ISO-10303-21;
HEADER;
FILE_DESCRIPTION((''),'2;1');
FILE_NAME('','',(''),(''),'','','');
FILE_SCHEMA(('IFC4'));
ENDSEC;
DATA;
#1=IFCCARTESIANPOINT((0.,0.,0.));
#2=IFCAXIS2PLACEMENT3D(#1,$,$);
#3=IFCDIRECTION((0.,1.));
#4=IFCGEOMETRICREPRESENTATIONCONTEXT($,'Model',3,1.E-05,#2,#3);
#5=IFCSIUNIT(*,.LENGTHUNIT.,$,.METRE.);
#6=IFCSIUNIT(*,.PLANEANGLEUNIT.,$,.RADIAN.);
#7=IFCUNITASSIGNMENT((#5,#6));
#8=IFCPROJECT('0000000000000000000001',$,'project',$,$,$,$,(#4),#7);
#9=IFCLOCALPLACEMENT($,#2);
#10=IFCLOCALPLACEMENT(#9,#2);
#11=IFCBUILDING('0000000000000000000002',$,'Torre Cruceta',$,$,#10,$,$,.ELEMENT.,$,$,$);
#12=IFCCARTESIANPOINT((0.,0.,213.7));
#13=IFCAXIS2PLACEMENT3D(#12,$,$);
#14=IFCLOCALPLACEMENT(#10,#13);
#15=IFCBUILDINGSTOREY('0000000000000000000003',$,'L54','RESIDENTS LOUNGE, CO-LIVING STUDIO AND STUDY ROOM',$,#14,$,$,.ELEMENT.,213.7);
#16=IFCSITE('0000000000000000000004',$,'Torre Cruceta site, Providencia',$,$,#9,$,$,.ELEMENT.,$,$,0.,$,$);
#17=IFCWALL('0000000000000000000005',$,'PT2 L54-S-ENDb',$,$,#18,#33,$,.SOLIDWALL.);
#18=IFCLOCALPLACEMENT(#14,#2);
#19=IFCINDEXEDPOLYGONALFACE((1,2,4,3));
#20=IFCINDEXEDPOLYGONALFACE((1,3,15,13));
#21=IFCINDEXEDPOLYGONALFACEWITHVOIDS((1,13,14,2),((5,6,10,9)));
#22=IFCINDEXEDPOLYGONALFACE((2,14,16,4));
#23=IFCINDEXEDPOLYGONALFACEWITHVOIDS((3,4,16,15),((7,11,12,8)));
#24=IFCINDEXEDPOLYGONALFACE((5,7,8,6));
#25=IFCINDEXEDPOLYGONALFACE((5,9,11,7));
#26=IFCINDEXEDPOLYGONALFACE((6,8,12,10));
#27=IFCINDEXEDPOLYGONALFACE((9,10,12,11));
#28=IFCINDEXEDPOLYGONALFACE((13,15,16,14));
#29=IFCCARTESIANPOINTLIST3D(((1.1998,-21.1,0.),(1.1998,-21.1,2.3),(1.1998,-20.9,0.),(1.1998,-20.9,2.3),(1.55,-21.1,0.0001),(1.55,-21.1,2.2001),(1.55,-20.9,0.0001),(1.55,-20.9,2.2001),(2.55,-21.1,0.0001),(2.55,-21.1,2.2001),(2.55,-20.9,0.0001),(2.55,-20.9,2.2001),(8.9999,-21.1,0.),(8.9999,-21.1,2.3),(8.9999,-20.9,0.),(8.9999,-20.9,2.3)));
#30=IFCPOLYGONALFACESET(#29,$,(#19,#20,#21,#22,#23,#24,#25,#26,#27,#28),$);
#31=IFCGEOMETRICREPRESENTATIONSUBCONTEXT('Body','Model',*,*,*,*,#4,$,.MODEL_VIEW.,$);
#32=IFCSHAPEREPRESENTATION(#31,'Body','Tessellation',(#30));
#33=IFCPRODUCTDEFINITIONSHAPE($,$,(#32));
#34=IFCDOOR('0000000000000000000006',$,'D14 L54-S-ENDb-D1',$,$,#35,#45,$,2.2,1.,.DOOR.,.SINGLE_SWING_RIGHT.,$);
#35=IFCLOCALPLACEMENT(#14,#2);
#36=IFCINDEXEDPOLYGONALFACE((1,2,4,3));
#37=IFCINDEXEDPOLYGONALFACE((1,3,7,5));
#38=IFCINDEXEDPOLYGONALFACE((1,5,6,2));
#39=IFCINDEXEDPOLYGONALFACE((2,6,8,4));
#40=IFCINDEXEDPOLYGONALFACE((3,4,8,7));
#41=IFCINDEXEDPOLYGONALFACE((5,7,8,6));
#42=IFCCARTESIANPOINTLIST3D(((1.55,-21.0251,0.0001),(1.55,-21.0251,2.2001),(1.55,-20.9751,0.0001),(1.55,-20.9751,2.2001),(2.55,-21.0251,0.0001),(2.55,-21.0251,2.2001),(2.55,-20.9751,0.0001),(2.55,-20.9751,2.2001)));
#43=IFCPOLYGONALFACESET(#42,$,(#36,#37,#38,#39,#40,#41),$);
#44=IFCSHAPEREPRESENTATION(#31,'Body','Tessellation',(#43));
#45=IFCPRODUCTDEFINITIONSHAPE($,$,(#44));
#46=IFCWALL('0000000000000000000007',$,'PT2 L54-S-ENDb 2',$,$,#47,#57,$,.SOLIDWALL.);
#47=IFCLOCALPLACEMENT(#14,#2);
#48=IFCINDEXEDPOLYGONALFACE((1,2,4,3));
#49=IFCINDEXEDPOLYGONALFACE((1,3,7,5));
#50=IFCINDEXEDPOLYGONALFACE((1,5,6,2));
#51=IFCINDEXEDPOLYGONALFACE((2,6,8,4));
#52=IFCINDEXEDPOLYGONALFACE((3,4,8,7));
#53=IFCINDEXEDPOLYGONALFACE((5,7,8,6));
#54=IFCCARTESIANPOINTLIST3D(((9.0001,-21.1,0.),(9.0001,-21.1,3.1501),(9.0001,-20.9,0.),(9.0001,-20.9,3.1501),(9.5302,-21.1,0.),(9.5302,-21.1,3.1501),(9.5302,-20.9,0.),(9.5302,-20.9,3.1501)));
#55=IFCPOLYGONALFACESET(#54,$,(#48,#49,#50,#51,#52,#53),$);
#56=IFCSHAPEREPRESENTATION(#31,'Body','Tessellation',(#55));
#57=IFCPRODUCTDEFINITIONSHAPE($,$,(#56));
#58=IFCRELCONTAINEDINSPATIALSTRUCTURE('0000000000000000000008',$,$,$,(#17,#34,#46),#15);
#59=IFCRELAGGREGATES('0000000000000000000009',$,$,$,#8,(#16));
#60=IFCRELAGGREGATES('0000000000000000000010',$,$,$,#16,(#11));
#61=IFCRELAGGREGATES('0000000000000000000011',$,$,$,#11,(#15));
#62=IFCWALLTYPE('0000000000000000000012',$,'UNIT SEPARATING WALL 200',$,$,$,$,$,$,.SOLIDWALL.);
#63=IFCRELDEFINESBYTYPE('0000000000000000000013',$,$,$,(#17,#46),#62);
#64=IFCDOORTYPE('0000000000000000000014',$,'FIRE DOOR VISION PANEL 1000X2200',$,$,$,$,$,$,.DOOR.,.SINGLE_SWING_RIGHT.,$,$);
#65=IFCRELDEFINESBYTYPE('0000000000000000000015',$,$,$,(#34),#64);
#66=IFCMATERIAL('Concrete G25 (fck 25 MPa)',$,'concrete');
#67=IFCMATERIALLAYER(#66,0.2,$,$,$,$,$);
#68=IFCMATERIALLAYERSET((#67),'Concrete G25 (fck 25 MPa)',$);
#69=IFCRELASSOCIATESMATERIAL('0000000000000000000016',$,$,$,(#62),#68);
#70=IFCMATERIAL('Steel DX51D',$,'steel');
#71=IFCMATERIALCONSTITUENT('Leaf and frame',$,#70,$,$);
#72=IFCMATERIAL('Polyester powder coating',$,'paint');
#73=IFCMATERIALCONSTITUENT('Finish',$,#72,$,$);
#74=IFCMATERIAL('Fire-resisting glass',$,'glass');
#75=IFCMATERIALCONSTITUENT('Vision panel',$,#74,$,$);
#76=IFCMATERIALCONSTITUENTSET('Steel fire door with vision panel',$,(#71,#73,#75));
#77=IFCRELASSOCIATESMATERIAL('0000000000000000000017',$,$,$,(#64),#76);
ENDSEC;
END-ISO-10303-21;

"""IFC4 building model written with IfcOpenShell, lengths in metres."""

from ifc_helpers import new_model, si_unit, direction, frame, frame_2d, origin, place, context, subcontext, project, spatial, rectangle, extrude, material, layer, layer_set, constituent, constituent_set, type_object, element, fill, save


model = new_model("IFC4")

# Units and contexts
model_context = context("Model", 3, precision=1e-05, world=origin(), true_north=direction((0.0, 1.0)))
body_context = subcontext(model_context, "Body", "Model", "MODEL_VIEW")
ifc_project = project(units=[si_unit("LENGTHUNIT", "METRE"), si_unit("PLANEANGLEUNIT", "RADIAN")], contexts=[model_context])

# Site, building, storey
site_placement = place(None, origin())
site = spatial("IfcSite", under=ifc_project, at=site_placement, Name="Torre Cruceta site, Providencia", CompositionType="ELEMENT", RefElevation=0.0)
building_placement = place(site_placement, origin())
building = spatial("IfcBuilding", under=site, at=building_placement, Name="Torre Cruceta", CompositionType="ELEMENT")
storey_placement = place(building_placement, frame((0.0, 0.0, 213.7)))
storey = spatial("IfcBuildingStorey", under=building, at=storey_placement, Name="L54", Description="RESIDENTS LOUNGE, CO-LIVING STUDIO AND STUDY ROOM", CompositionType="ELEMENT", Elevation=213.7)

# Wall, opening, door
ifc_material_1 = material(Name="Concrete G25 (fck 25 MPa)", Category="concrete")
ifc_layer_1 = layer(ifc_material_1, 0.2)
ifc_layer_set_1 = layer_set([ifc_layer_1], Name="Concrete G25 (fck 25 MPa)")
wall_type_1 = type_object("IfcWallType", Name="UNIT SEPARATING WALL 200", PredefinedType="SOLIDWALL", material=ifc_layer_set_1)
wall_1_placement = place(storey_placement, frame((1.2, -21.0, 0.0), z_axis=(0.0, 0.0, 1.0), x_axis=(1.0, 0.0, 0.0)))
wall_1 = element("IfcWall", 1, at=wall_1_placement, inside=storey, type_object=wall_type_1, Name="PT2 L54-S-ENDb", PredefinedType="SOLIDWALL", context=body_context, shape_type="SweptSolid", body=[
    extrude(rectangle(XDim=7.8, YDim=0.2, at=frame_2d((3.8999, 0.0))), origin(), (0.0, 0.0, 1.0), 2.3),
])
opening_1_placement = place(wall_1_placement, frame((0.3501, 0.0, 0.0)))
opening_1 = element("IfcOpeningElement", 2, at=opening_1_placement, cuts=wall_1, PredefinedType="OPENING", context=body_context, shape_type="SweptSolid", body=[
    extrude(rectangle(XDim=1.0, YDim=2.2, at=frame_2d((0.5, 1.1001))), frame((0.0, 0.1099, 0.0), z_axis=(0.0, -1.0, 0.0), x_axis=(1.0, 0.0, 0.0)), (0.0, 0.0, 1.0), 0.22),
])
ifc_material_2 = material(Name="Steel DX51D", Category="steel")
ifc_constituent_1 = constituent(ifc_material_2, Name="Leaf and frame")
ifc_material_3 = material(Name="Polyester powder coating", Category="paint")
ifc_constituent_2 = constituent(ifc_material_3, Name="Finish")
ifc_material_4 = material(Name="Fire-resisting glass", Category="glass")
ifc_constituent_3 = constituent(ifc_material_4, Name="Vision panel")
ifc_constituent_set_1 = constituent_set(constituents=[ifc_constituent_1, ifc_constituent_2, ifc_constituent_3], Name="Steel fire door with vision panel")
door_type_1 = type_object("IfcDoorType", Name="FIRE DOOR VISION PANEL 1000X2200", OperationType="SINGLE_SWING_RIGHT", PredefinedType="DOOR", material=ifc_constituent_set_1)
door_1_placement = place(opening_1_placement, frame((1.0, 0.0, 0.0), z_axis=(0.0, 0.0, 1.0), x_axis=(-1.0, 0.0, 0.0)))
door_1 = element("IfcDoor", 3, at=door_1_placement, inside=storey, type_object=door_type_1, Name="D14 L54-S-ENDb-D1", OperationType="SINGLE_SWING_RIGHT", OverallHeight=2.2, OverallWidth=1.0, PredefinedType="DOOR", context=body_context, shape_type="SweptSolid", body=[
    extrude(rectangle(XDim=1.0, YDim=2.2, at=frame_2d((0.5, 1.1001))), frame((0.0, 0.0251, 0.0), z_axis=(0.0, -1.0, 0.0), x_axis=(1.0, 0.0, 0.0)), (0.0, 0.0, 1.0), 0.05),
])
fill(opening_1, door_1)

# Wall
wall_2_placement = place(storey_placement, frame((9.0, -21.0, 0.0), z_axis=(0.0, 0.0, 1.0), x_axis=(1.0, 0.0, 0.0)))
element("IfcWall", 4, at=wall_2_placement, inside=storey, type_object=wall_type_1, Name="PT2 L54-S-ENDb 2", PredefinedType="SOLIDWALL", context=body_context, shape_type="SweptSolid", body=[
    extrude(rectangle(XDim=0.53, YDim=0.2, at=frame_2d((0.2651, 0.0))), origin(), (0.0, 0.0, 1.0), 3.1501),
])

save(model, "model.ifc")
